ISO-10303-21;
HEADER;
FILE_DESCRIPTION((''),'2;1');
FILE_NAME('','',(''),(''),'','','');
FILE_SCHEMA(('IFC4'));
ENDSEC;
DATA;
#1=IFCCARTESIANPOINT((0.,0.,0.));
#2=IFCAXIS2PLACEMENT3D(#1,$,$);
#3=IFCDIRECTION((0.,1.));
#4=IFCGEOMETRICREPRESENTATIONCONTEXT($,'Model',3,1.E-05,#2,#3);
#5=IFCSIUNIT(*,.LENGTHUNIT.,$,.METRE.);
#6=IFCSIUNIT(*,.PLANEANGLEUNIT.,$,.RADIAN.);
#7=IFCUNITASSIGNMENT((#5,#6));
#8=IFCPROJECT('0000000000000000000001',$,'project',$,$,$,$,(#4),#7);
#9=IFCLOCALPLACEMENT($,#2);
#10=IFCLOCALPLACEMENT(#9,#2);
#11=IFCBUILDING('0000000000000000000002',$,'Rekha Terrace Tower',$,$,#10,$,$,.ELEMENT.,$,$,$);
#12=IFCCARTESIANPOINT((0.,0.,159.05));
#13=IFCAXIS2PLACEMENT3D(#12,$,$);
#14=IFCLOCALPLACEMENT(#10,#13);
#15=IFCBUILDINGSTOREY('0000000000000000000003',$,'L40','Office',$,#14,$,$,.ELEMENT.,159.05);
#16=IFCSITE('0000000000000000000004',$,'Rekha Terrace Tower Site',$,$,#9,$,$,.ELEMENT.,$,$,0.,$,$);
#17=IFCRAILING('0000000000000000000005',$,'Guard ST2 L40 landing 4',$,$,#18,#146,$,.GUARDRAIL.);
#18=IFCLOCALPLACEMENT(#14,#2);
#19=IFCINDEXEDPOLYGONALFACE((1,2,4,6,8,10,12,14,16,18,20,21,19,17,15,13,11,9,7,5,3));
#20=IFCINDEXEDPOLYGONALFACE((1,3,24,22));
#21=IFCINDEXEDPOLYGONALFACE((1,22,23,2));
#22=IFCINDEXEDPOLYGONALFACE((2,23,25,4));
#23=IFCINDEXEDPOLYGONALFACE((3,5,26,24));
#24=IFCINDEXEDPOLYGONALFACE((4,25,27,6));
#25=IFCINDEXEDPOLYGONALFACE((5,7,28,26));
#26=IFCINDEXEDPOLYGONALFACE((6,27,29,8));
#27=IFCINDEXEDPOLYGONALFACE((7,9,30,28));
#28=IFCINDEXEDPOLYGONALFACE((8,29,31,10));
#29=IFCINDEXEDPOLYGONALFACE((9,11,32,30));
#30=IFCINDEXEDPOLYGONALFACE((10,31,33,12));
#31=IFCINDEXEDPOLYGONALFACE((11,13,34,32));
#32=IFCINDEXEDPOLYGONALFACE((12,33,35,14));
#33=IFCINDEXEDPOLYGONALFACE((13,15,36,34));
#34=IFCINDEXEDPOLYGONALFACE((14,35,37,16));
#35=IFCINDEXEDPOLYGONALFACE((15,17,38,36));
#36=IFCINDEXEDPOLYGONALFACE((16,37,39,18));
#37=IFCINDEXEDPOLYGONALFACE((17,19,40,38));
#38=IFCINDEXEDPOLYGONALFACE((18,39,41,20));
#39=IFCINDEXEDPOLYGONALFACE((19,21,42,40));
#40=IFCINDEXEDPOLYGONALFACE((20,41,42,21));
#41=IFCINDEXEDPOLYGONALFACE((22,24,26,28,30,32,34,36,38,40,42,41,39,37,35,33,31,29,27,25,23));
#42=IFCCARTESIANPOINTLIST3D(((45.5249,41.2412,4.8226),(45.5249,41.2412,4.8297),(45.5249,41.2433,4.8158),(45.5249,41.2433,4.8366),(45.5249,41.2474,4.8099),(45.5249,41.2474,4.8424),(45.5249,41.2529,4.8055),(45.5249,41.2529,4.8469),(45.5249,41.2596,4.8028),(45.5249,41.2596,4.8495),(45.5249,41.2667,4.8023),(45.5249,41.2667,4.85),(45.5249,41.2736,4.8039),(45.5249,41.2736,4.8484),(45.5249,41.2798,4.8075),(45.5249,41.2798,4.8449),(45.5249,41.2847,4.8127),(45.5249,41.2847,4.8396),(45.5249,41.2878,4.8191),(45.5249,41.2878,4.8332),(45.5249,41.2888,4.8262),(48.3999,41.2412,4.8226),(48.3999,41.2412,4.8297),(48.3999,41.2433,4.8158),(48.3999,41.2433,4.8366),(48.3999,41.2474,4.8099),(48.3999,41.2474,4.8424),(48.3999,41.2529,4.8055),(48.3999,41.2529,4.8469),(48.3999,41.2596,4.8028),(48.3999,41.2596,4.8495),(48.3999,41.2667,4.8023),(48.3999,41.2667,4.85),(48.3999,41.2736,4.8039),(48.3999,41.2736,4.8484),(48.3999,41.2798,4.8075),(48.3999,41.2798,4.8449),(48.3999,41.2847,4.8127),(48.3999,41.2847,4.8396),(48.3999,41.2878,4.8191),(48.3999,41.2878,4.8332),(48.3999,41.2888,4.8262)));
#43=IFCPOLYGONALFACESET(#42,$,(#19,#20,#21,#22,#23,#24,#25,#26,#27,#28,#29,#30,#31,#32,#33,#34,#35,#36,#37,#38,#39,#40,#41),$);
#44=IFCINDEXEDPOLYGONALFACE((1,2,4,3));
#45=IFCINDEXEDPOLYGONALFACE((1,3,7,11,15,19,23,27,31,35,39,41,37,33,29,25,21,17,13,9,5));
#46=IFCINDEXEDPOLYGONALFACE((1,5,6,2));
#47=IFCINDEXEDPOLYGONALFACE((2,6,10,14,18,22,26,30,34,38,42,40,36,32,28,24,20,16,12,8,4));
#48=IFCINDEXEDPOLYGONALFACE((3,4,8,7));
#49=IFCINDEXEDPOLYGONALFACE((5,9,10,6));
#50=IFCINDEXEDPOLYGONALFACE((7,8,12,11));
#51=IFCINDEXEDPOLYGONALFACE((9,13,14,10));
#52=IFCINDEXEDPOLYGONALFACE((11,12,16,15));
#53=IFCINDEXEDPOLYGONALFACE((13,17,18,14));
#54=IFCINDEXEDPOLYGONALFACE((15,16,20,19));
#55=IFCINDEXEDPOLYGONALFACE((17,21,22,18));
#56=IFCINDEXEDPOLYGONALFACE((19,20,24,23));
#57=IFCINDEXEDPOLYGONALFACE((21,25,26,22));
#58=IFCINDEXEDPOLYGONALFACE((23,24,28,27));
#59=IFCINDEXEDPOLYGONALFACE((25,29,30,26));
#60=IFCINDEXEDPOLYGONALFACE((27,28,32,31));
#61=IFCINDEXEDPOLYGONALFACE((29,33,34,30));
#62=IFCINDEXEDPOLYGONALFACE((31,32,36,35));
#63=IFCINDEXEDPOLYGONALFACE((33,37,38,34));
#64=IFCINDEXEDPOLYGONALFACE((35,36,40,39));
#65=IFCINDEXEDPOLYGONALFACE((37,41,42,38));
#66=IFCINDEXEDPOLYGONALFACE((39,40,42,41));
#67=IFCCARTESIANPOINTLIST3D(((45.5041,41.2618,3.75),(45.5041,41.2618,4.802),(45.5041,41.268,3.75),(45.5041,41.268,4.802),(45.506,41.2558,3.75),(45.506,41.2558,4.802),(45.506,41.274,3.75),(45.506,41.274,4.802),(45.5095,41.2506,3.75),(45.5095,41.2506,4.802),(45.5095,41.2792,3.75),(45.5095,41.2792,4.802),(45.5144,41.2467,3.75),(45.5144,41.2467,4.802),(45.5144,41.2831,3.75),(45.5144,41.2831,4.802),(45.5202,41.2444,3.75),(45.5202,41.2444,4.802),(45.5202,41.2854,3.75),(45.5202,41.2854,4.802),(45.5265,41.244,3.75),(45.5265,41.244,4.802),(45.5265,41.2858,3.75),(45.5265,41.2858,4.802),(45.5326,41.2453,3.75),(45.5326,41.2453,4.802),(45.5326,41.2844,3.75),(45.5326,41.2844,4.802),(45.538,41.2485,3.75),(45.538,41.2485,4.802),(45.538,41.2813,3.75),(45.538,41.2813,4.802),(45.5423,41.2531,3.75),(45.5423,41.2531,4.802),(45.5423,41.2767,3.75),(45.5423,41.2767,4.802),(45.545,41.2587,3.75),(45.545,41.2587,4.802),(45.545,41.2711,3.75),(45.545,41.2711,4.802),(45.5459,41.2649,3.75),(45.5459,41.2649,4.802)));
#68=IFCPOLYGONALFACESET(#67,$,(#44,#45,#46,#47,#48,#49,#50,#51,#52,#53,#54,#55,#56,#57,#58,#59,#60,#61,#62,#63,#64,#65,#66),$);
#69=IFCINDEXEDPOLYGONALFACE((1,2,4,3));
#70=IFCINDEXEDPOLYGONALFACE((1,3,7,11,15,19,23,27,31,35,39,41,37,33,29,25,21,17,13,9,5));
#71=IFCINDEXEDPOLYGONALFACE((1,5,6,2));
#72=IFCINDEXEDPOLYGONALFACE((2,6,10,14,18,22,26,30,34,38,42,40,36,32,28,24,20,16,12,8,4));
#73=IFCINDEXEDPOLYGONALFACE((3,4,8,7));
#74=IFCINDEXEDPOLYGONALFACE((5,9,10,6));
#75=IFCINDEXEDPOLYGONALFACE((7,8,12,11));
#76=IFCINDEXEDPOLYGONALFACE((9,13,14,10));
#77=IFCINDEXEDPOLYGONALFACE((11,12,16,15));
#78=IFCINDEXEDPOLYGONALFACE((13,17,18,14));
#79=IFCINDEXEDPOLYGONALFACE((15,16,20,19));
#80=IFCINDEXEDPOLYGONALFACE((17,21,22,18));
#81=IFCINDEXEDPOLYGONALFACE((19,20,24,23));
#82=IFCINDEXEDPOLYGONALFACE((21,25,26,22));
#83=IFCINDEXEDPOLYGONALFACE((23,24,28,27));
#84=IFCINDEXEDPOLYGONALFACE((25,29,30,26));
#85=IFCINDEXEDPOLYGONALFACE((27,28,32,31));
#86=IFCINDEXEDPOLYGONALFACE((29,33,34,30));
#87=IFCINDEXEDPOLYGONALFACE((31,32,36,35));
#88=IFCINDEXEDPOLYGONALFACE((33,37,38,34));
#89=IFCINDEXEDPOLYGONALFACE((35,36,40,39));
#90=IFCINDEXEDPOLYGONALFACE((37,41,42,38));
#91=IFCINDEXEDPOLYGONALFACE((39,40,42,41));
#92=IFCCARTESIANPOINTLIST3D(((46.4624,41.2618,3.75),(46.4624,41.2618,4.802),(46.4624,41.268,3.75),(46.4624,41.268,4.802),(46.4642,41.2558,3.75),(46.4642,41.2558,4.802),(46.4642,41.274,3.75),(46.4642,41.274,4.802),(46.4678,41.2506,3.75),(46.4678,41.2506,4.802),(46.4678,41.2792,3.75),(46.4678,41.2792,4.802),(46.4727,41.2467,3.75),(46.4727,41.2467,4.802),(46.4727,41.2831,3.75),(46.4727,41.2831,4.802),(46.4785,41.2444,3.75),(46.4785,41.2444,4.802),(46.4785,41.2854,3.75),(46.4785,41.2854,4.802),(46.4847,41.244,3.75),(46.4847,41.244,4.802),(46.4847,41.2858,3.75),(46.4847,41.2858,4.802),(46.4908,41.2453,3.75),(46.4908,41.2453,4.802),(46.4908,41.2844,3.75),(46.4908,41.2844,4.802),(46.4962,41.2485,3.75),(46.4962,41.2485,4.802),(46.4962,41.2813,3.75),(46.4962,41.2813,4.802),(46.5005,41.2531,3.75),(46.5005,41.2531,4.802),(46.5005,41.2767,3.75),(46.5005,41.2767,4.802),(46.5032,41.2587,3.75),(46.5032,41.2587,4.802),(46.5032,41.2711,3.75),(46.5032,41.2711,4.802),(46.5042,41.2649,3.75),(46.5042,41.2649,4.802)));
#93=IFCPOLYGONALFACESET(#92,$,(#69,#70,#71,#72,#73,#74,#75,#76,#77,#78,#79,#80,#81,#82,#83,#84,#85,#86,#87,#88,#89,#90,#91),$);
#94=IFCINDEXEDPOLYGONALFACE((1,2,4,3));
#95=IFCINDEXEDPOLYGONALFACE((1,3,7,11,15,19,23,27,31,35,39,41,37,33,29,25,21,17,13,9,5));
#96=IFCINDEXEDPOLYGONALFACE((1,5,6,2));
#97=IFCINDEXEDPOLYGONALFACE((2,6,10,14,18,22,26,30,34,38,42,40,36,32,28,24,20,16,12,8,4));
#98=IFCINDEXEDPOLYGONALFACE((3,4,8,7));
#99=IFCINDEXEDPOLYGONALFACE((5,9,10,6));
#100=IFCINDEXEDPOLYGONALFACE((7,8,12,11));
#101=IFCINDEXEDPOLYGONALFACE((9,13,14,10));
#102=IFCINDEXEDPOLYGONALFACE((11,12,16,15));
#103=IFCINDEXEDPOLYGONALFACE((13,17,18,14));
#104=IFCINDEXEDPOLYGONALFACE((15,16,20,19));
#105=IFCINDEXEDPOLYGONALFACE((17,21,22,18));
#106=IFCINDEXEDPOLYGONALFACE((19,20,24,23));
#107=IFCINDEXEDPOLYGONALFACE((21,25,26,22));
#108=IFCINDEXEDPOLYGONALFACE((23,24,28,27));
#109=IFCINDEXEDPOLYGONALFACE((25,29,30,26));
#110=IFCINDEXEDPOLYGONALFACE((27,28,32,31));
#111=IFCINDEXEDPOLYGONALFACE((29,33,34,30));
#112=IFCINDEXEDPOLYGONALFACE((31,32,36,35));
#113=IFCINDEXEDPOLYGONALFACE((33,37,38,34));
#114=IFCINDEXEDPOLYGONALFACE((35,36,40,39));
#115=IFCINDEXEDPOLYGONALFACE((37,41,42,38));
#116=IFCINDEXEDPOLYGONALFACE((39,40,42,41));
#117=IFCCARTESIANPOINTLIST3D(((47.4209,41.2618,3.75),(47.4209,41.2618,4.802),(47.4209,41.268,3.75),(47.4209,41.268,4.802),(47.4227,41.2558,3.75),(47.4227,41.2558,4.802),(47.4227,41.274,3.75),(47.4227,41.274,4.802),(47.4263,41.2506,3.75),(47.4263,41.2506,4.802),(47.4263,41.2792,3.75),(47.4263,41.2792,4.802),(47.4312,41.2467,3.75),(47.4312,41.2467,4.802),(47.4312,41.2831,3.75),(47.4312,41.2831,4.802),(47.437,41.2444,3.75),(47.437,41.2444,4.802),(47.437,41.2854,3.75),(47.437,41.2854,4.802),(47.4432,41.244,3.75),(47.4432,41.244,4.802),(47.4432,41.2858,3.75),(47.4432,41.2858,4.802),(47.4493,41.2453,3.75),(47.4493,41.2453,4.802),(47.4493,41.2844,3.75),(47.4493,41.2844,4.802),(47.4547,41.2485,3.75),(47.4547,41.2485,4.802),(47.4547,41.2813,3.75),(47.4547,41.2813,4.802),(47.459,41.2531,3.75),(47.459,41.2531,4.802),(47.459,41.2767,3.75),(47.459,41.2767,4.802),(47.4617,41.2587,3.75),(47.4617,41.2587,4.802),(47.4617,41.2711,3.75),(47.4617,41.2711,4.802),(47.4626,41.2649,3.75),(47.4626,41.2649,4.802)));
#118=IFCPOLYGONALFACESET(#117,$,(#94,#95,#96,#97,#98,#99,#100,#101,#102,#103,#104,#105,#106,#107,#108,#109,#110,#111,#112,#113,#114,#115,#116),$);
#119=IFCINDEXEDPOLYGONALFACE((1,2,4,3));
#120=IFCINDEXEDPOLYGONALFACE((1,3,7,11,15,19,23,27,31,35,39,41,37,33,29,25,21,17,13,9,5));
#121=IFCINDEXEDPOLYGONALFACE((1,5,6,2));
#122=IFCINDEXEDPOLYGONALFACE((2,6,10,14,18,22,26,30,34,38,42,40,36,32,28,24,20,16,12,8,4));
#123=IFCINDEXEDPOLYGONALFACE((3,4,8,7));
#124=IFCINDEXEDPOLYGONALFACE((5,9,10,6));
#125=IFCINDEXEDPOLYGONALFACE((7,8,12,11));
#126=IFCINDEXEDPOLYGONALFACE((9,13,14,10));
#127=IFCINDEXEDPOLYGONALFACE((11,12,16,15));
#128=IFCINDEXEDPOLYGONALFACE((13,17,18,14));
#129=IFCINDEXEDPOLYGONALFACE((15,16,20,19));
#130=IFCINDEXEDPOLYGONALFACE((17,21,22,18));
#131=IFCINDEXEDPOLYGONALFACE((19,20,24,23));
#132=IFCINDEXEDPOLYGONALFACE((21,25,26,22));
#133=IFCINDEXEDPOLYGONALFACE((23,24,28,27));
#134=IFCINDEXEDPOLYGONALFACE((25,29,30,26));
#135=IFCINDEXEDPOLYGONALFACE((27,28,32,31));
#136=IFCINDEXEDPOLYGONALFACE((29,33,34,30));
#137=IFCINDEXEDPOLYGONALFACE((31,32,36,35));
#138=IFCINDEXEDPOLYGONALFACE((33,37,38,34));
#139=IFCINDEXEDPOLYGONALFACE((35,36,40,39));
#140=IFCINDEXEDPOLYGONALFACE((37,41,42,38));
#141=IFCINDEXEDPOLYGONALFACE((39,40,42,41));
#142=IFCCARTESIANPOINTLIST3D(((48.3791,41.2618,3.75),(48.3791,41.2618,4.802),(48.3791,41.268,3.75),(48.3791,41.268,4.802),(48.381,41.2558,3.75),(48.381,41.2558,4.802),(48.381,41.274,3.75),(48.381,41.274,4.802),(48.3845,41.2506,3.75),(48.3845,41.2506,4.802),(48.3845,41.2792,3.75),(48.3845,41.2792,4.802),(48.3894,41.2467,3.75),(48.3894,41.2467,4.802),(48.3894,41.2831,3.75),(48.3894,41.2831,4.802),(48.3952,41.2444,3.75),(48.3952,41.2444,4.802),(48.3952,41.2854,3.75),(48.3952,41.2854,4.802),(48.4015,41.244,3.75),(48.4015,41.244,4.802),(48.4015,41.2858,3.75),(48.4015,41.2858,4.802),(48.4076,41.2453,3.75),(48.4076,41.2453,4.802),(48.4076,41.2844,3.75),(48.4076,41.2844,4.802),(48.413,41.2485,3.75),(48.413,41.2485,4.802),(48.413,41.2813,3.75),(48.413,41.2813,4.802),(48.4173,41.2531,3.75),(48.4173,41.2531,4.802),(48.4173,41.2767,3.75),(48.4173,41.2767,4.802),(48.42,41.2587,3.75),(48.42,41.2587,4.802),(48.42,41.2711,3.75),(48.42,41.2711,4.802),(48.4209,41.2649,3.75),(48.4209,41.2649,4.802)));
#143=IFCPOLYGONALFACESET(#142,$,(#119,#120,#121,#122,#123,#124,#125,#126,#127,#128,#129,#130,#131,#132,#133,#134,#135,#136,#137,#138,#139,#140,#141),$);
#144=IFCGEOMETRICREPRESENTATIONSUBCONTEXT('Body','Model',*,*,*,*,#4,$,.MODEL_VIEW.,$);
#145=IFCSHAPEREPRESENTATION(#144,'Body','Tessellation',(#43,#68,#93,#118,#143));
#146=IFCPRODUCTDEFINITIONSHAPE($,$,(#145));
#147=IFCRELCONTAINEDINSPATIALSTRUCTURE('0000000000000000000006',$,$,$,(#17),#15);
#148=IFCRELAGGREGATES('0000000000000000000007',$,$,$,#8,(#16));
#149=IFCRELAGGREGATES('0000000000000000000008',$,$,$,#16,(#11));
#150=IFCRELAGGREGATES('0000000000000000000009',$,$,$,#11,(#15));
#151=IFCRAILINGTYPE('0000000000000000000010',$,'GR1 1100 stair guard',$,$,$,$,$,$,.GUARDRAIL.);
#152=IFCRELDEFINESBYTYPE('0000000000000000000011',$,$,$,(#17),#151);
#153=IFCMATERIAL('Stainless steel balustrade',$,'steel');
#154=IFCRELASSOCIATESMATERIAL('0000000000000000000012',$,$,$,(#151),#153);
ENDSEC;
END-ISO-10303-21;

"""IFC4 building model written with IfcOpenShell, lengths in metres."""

from ifc_helpers import new_model, si_unit, direction, frame, origin, origin_2d, place, context, subcontext, project, spatial, circle, extrude, material, type_object, element, save


model = new_model("IFC4")

# Units and contexts
model_context = context("Model", 3, precision=1e-05, world=origin(), true_north=direction((0.0, 1.0)))
body_context = subcontext(model_context, "Body", "Model", "MODEL_VIEW")
ifc_project = project(units=[si_unit("LENGTHUNIT", "METRE"), si_unit("PLANEANGLEUNIT", "RADIAN")], contexts=[model_context])

# Site, building, storey
site_placement = place(None, origin())
site = spatial("IfcSite", under=ifc_project, at=site_placement, Name="Rekha Terrace Tower Site", CompositionType="ELEMENT", RefElevation=0.0)
building_placement = place(site_placement, origin())
building = spatial("IfcBuilding", under=site, at=building_placement, Name="Rekha Terrace Tower", CompositionType="ELEMENT")
storey_placement = place(building_placement, frame((0.0, 0.0, 159.05)))
storey = spatial("IfcBuildingStorey", under=building, at=storey_placement, Name="L40", Description="Office", CompositionType="ELEMENT", Elevation=159.05)

# Railing
ifc_material_1 = material(Name="Stainless steel balustrade", Category="steel")
railing_type_1 = type_object("IfcRailingType", Name="GR1 1100 stair guard", PredefinedType="GUARDRAIL", material=ifc_material_1)
railing_1_placement = place(storey_placement, frame((45.5249, 41.2649, 3.75)))
element("IfcRailing", 1, at=railing_1_placement, inside=storey, type_object=railing_type_1, Name="Guard ST2 L40 landing 4", PredefinedType="GUARDRAIL", context=body_context, shape_type="SweptSolid", body=[
    extrude(circle(Radius=0.0239, at=origin_2d()), frame((0.0, 0.0, 1.0762), z_axis=(1.0, 0.0, 0.0), x_axis=(0.0, 1.0, 0.0)), (0.0, 0.0, 1.0), 2.875),
    extrude(circle(Radius=0.021, at=origin_2d()), origin(), (0.0, 0.0, 1.0), 1.052),
    extrude(circle(Radius=0.021, at=origin_2d()), frame((0.9583, 0.0, 0.0)), (0.0, 0.0, 1.0), 1.052),
    extrude(circle(Radius=0.021, at=origin_2d()), frame((1.9167, 0.0, 0.0)), (0.0, 0.0, 1.0), 1.052),
    extrude(circle(Radius=0.021, at=origin_2d()), frame((2.875, 0.0, 0.0)), (0.0, 0.0, 1.0), 1.052),
])

save(model, "model.ifc")
